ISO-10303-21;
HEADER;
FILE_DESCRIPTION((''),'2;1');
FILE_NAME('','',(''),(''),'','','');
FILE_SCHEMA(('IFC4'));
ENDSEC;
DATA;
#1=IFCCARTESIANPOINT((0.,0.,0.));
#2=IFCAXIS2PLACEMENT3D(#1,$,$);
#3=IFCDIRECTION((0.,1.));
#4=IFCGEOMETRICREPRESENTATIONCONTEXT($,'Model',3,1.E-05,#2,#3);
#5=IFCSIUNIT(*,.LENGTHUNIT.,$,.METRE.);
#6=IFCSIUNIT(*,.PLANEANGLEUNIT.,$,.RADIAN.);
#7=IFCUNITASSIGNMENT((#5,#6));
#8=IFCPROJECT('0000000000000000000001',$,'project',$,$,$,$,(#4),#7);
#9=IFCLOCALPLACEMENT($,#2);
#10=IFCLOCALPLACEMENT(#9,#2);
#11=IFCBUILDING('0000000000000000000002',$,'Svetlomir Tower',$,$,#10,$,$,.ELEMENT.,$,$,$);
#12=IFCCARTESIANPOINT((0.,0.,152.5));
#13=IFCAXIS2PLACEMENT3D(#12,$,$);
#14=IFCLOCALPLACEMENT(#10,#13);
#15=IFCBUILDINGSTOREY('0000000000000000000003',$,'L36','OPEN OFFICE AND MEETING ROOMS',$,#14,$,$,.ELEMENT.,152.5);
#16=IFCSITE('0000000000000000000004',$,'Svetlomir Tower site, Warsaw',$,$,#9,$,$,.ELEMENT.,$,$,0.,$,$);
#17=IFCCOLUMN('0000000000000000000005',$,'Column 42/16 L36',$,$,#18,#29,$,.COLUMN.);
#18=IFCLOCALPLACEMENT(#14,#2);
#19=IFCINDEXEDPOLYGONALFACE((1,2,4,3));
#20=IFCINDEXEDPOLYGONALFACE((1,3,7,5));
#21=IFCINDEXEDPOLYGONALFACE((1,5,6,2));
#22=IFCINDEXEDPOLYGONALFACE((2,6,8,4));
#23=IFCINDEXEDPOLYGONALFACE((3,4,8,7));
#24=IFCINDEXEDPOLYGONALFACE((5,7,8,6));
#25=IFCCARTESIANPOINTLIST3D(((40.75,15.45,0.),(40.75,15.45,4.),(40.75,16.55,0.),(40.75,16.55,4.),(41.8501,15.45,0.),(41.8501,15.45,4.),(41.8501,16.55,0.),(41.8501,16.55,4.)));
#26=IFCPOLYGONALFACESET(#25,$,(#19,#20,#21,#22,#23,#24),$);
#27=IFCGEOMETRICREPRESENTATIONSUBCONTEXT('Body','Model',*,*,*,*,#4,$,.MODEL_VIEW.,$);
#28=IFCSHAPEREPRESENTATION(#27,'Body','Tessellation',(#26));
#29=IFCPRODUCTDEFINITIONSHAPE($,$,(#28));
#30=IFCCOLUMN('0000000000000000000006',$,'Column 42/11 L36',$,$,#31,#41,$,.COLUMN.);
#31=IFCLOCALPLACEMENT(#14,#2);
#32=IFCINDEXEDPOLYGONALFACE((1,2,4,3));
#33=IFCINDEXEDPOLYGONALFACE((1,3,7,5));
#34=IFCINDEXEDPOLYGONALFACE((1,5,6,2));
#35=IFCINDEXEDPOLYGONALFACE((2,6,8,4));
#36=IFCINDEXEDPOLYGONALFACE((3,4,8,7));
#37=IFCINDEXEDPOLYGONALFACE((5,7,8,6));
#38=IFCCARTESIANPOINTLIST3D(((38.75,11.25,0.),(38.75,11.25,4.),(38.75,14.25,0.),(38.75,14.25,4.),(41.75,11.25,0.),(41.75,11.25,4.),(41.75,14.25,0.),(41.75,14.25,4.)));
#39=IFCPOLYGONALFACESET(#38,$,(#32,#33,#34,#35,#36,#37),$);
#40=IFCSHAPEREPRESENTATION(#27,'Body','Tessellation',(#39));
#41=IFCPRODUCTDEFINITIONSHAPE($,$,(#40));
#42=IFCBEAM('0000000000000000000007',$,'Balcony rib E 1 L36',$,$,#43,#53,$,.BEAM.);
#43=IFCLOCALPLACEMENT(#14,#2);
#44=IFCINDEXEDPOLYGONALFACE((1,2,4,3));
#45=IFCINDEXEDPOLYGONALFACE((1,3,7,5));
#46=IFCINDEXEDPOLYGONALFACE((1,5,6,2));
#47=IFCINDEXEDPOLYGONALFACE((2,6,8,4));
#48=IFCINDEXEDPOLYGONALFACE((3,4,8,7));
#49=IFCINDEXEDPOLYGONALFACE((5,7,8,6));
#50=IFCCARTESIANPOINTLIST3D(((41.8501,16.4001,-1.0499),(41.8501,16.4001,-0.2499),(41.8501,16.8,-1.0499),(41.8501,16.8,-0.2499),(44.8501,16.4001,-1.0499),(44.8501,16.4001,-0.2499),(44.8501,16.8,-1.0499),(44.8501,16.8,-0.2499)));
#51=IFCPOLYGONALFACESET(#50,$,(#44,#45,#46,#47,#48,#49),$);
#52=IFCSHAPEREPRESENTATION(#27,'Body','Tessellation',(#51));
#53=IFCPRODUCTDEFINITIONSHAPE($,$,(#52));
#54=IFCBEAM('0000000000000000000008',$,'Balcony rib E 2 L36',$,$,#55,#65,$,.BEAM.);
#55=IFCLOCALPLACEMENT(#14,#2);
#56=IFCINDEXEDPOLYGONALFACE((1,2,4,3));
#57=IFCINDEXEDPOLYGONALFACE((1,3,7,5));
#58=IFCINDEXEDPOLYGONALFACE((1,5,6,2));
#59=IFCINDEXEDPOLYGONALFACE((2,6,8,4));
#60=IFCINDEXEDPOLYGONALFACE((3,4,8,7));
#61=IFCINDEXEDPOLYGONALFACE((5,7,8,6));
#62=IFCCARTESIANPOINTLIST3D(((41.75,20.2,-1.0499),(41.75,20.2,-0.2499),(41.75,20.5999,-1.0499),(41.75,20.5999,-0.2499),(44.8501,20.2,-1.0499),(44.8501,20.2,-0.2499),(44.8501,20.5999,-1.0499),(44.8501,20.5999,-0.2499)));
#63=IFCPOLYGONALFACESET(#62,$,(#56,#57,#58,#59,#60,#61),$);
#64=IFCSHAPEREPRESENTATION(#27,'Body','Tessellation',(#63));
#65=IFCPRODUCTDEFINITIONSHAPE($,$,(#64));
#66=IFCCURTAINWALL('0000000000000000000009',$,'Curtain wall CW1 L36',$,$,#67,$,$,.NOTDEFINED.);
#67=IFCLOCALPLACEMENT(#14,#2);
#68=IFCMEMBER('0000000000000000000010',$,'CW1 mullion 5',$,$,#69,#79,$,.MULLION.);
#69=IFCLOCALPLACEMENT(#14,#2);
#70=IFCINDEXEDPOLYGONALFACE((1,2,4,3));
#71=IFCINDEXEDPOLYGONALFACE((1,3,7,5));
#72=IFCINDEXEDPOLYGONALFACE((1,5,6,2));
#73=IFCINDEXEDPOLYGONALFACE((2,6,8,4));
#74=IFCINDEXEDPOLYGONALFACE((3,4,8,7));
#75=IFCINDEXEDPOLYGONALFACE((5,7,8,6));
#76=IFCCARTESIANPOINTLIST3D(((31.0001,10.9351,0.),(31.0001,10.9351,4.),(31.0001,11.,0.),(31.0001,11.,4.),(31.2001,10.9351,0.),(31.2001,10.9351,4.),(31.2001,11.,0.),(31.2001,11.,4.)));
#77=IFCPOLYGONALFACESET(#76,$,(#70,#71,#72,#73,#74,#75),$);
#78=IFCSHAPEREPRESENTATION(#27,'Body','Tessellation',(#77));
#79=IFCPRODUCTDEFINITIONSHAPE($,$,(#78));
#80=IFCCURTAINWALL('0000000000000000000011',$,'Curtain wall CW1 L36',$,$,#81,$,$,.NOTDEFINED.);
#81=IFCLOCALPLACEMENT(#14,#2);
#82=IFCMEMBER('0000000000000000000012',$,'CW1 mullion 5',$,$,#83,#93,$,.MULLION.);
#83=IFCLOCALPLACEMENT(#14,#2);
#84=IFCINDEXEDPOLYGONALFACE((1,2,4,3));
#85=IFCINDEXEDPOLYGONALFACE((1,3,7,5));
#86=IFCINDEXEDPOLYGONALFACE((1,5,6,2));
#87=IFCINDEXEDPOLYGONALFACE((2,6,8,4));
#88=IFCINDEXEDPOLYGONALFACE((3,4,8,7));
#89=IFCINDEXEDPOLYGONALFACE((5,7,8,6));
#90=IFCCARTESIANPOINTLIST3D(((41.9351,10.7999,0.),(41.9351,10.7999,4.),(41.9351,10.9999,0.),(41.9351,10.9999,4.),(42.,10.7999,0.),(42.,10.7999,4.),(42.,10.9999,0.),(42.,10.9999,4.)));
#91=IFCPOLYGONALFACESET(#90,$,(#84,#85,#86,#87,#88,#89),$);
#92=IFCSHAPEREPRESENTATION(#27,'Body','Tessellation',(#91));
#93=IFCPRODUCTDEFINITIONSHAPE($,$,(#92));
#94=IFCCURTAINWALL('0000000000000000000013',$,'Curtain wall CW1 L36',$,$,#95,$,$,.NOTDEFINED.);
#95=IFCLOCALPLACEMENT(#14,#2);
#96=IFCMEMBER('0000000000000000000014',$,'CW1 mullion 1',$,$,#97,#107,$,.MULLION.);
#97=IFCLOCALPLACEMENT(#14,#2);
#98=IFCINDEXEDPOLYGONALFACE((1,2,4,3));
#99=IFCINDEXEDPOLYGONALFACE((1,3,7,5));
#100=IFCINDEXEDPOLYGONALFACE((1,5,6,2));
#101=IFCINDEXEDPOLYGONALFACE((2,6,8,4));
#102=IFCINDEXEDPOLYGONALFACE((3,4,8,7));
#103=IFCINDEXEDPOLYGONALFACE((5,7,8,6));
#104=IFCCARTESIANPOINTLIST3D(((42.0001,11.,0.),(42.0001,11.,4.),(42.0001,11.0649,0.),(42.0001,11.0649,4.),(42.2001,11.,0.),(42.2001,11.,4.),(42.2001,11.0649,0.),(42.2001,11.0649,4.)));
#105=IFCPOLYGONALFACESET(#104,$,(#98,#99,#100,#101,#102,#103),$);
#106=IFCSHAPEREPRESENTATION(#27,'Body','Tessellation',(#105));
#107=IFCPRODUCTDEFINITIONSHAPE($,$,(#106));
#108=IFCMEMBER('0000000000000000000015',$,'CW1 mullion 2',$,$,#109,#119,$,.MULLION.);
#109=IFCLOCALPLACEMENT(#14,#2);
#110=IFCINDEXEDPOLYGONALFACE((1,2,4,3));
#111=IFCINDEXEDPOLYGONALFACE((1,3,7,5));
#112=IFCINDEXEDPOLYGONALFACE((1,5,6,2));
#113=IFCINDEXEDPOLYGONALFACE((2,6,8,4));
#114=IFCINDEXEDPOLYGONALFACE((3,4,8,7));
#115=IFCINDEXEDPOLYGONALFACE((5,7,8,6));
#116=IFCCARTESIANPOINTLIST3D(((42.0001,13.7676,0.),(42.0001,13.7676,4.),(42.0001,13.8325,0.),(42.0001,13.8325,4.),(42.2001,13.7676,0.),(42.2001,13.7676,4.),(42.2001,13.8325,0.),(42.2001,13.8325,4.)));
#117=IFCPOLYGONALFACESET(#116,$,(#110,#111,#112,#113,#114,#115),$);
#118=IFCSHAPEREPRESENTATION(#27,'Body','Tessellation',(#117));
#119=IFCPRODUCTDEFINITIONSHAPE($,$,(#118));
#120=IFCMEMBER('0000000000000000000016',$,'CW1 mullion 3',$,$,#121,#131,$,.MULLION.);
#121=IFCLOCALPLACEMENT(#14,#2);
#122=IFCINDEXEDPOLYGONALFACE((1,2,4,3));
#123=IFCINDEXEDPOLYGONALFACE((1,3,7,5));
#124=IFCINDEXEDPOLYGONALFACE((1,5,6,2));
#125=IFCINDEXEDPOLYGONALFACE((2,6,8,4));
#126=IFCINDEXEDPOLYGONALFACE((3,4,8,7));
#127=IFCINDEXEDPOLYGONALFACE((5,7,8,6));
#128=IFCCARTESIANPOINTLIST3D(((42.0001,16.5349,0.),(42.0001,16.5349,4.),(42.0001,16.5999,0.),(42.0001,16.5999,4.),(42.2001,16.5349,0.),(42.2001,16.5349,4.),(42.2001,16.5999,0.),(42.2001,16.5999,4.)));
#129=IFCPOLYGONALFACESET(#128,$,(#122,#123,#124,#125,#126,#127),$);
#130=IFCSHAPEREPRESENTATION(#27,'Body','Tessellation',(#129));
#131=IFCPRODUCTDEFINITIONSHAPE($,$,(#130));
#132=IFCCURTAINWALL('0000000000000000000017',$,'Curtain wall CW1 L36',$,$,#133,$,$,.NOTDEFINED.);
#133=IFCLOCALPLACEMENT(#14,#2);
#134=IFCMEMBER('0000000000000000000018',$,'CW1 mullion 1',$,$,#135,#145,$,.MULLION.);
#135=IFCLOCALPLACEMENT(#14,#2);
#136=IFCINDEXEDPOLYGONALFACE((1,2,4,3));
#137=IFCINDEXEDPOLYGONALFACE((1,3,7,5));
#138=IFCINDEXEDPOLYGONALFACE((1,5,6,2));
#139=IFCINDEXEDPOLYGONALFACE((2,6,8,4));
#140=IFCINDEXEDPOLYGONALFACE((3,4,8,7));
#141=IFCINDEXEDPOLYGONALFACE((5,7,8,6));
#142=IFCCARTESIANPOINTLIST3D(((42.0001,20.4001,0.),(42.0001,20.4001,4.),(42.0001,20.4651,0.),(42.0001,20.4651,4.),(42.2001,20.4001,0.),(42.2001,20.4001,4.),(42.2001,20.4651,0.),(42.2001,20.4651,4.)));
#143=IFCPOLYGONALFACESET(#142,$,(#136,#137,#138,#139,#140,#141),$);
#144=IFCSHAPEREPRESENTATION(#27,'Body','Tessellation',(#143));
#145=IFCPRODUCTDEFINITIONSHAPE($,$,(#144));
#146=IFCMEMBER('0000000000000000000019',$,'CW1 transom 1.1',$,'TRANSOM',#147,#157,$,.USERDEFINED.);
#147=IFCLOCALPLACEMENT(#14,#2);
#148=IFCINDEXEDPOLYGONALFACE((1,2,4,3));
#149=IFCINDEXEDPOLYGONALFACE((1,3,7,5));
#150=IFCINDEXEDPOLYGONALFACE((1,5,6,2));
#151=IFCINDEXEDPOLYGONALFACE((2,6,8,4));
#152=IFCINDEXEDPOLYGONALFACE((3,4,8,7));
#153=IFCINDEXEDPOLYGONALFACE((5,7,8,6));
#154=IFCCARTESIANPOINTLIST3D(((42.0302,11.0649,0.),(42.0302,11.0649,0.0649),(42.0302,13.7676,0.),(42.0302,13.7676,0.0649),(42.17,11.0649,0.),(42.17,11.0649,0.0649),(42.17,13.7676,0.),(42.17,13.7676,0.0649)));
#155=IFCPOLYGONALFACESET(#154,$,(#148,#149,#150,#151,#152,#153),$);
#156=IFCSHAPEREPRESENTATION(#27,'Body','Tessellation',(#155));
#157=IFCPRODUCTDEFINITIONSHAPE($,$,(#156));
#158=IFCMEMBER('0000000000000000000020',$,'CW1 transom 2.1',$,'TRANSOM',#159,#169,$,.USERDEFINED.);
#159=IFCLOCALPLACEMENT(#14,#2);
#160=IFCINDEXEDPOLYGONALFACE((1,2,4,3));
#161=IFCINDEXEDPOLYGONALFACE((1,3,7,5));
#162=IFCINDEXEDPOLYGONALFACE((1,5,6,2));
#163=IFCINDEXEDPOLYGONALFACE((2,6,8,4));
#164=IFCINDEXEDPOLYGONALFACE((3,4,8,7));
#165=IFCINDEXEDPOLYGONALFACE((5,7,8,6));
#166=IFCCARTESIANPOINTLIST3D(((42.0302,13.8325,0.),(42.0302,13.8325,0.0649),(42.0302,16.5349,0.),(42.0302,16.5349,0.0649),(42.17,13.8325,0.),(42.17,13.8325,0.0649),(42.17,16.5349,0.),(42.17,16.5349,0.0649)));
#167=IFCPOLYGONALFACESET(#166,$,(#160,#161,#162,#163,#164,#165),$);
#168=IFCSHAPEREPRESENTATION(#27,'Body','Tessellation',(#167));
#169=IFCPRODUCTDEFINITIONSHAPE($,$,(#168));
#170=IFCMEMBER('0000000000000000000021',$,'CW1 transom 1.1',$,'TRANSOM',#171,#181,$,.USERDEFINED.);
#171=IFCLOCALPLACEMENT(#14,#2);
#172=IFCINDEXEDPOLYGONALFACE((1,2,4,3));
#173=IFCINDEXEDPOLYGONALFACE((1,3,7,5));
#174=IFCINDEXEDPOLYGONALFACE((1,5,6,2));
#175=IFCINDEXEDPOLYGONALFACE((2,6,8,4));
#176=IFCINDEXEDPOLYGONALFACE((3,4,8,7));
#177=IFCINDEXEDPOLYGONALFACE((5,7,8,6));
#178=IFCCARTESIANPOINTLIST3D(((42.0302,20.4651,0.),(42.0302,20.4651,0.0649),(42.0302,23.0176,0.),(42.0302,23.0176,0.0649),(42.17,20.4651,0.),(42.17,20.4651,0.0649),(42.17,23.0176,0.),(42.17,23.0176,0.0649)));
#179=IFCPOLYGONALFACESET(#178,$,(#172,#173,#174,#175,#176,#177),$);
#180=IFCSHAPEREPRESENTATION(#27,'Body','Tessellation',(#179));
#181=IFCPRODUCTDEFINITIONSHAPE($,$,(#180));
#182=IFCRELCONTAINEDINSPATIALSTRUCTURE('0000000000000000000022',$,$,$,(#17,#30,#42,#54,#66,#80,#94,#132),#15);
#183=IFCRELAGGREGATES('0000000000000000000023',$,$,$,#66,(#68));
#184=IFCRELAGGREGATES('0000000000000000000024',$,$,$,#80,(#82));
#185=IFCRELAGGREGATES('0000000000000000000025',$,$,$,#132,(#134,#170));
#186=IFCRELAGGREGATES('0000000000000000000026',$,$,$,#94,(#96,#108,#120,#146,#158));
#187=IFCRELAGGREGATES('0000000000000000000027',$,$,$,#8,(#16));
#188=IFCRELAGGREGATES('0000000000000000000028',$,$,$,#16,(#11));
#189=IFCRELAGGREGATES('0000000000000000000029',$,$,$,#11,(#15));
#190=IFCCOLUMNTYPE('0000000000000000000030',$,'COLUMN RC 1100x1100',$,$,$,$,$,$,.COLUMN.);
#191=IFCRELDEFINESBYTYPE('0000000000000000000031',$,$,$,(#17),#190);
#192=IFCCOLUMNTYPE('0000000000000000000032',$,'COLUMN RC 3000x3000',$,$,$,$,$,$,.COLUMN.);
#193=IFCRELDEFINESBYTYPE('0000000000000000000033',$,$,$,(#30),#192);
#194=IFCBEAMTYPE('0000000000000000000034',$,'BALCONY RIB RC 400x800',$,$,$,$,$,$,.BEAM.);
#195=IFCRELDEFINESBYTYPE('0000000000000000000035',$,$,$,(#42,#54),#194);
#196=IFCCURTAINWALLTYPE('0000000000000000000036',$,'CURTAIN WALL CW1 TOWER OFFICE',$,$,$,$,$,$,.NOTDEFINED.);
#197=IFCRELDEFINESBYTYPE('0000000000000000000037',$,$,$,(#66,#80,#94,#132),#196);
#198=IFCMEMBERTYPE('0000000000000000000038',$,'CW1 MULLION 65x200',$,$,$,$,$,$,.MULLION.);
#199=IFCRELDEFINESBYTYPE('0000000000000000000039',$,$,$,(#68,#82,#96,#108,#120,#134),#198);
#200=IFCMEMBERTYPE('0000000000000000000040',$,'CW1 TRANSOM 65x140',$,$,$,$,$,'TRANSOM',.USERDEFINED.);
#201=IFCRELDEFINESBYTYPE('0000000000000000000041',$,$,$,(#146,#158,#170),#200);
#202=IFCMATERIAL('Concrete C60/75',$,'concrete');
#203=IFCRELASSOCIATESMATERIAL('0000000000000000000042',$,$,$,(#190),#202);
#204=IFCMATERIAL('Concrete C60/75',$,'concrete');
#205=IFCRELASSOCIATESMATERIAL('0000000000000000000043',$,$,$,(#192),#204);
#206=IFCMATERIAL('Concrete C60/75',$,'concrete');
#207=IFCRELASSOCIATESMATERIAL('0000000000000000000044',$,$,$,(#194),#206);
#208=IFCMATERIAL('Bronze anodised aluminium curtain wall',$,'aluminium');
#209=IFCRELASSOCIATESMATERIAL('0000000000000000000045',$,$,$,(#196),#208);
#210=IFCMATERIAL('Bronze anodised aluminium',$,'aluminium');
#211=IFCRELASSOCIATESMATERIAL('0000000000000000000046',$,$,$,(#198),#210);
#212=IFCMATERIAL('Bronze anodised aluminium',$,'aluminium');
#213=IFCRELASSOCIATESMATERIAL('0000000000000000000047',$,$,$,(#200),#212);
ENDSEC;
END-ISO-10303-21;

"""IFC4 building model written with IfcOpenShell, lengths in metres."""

from ifc_helpers import new_model, si_unit, direction, frame, origin, origin_2d, place, context, subcontext, project, spatial, rectangle, extrude, material, material_profile, profile_set, type_object, element, aggregate, save


model = new_model("IFC4")

# Units and contexts
model_context = context("Model", 3, precision=1e-05, world=origin(), true_north=direction((0.0, 1.0)))
body_context = subcontext(model_context, "Body", "Model", "MODEL_VIEW")
ifc_project = project(units=[si_unit("LENGTHUNIT", "METRE"), si_unit("PLANEANGLEUNIT", "RADIAN")], contexts=[model_context])

# Site, building, storey
site_placement = place(None, origin())
site = spatial("IfcSite", under=ifc_project, at=site_placement, Name="Svetlomir Tower site, Warsaw", CompositionType="ELEMENT", RefElevation=0.0)
building_placement = place(site_placement, origin())
building = spatial("IfcBuilding", under=site, at=building_placement, Name="Svetlomir Tower", CompositionType="ELEMENT")
storey_placement = place(building_placement, frame((0.0, 0.0, 152.5)))
storey = spatial("IfcBuildingStorey", under=building, at=storey_placement, Name="L36", Description="OPEN OFFICE AND MEETING ROOMS", CompositionType="ELEMENT", Elevation=152.5)

# Columns
ifc_material_1 = material(Name="Concrete C60/75", Category="concrete")
ifc_material_profile_1 = material_profile(ifc_material_1, rectangle(XDim=1.1001, YDim=1.1001, at=origin_2d()), Name="RC 1100x1100")
ifc_profile_set_1 = profile_set([ifc_material_profile_1], Name="Concrete C60/75")
column_type_1 = type_object("IfcColumnType", Name="COLUMN RC 1100x1100", PredefinedType="COLUMN", material=ifc_profile_set_1)
column_1_placement = place(storey_placement, frame((41.3, 16.0, 0.0), z_axis=(0.0, 0.0, 1.0), x_axis=(1.0, 0.0, 0.0)))
element("IfcColumn", 1, at=column_1_placement, inside=storey, type_object=column_type_1, Name="Column 42/16 L36", PredefinedType="COLUMN", context=body_context, shape_type="SweptSolid", body=[
    extrude(rectangle(XDim=1.1001, YDim=1.1001, at=origin_2d()), origin(), (0.0, 0.0, 1.0), 4.0),
])
ifc_material_2 = material(Name="Concrete C60/75", Category="concrete")
ifc_material_profile_2 = material_profile(ifc_material_2, rectangle(XDim=3.0, YDim=3.0, at=origin_2d()), Name="RC 3000x3000")
ifc_profile_set_2 = profile_set([ifc_material_profile_2], Name="Concrete C60/75")
column_type_2 = type_object("IfcColumnType", Name="COLUMN RC 3000x3000", PredefinedType="COLUMN", material=ifc_profile_set_2)
column_2_placement = place(storey_placement, frame((40.25, 12.75, 0.0), z_axis=(0.0, 0.0, 1.0), x_axis=(1.0, 0.0, 0.0)))
element("IfcColumn", 2, at=column_2_placement, inside=storey, type_object=column_type_2, Name="Column 42/11 L36", PredefinedType="COLUMN", context=body_context, shape_type="SweptSolid", body=[
    extrude(rectangle(XDim=3.0, YDim=3.0, at=origin_2d()), origin(), (0.0, 0.0, 1.0), 4.0),
])

# Beams
ifc_material_3 = material(Name="Concrete C60/75", Category="concrete")
ifc_material_profile_3 = material_profile(ifc_material_3, rectangle(XDim=0.3999, YDim=0.8, at=origin_2d()), Name="RC 400x800")
ifc_profile_set_3 = profile_set([ifc_material_profile_3], Name="Concrete C60/75")
beam_type_1 = type_object("IfcBeamType", Name="BALCONY RIB RC 400x800", PredefinedType="BEAM", material=ifc_profile_set_3)
beam_1_placement = place(storey_placement, frame((41.8501, 16.6001, -0.6499), z_axis=(1.0, 0.0, 0.0), x_axis=(0.0, 1.0, 0.0)))
element("IfcBeam", 3, at=beam_1_placement, inside=storey, type_object=beam_type_1, Name="Balcony rib E 1 L36", PredefinedType="BEAM", context=body_context, shape_type="SweptSolid", body=[
    extrude(rectangle(XDim=0.3999, YDim=0.8, at=origin_2d()), origin(), (0.0, 0.0, 1.0), 3.0),
])
beam_2_placement = place(storey_placement, frame((41.75, 20.3999, -0.6499), z_axis=(1.0, 0.0, 0.0), x_axis=(0.0, 1.0, 0.0)))
element("IfcBeam", 4, at=beam_2_placement, inside=storey, type_object=beam_type_1, Name="Balcony rib E 2 L36", PredefinedType="BEAM", context=body_context, shape_type="SweptSolid", body=[
    extrude(rectangle(XDim=0.3999, YDim=0.8, at=origin_2d()), origin(), (0.0, 0.0, 1.0), 3.1001),
])

# Curtain walls, members
ifc_material_4 = material(Name="Bronze anodised aluminium curtain wall", Category="aluminium")
curtain_wall_type = type_object("IfcCurtainWallType", Name="CURTAIN WALL CW1 TOWER OFFICE", PredefinedType="NOTDEFINED", material=ifc_material_4)
curtain_wall_1_placement = place(storey_placement, origin())
curtain_wall_1 = element("IfcCurtainWall", 5, at=curtain_wall_1_placement, inside=storey, type_object=curtain_wall_type, Name="Curtain wall CW1 L36", PredefinedType="NOTDEFINED")
ifc_material_5 = material(Name="Bronze anodised aluminium", Category="aluminium")
ifc_material_profile_4 = material_profile(ifc_material_5, rectangle(XDim=0.0649, YDim=0.2, at=origin_2d()), Name="AL 65x200")
ifc_profile_set_4 = profile_set([ifc_material_profile_4], Name="Bronze anodised aluminium 6063-T6")
member_type_1 = type_object("IfcMemberType", Name="CW1 MULLION 65x200", PredefinedType="MULLION", material=ifc_profile_set_4)
member_1_placement = place(storey_placement, frame((31.1001, 10.9675, 0.0), z_axis=(0.0, 0.0, 1.0), x_axis=(0.0, 1.0, 0.0)))
member_1 = element("IfcMember", 6, at=member_1_placement, type_object=member_type_1, Name="CW1 mullion 5", PredefinedType="MULLION", context=body_context, shape_type="SweptSolid", body=[
    extrude(rectangle(XDim=0.0649, YDim=0.2, at=origin_2d()), origin(), (0.0, 0.0, 1.0), 4.0),
])
aggregate(curtain_wall_1, [member_1])
curtain_wall_2_placement = place(storey_placement, origin())
curtain_wall_2 = element("IfcCurtainWall", 7, at=curtain_wall_2_placement, inside=storey, type_object=curtain_wall_type, Name="Curtain wall CW1 L36", PredefinedType="NOTDEFINED")
member_2_placement = place(storey_placement, frame((41.9675, 10.8999, 0.0), z_axis=(0.0, 0.0, 1.0), x_axis=(1.0, 0.0, 0.0)))
member_2 = element("IfcMember", 8, at=member_2_placement, type_object=member_type_1, Name="CW1 mullion 5", PredefinedType="MULLION", context=body_context, shape_type="SweptSolid", body=[
    extrude(rectangle(XDim=0.0649, YDim=0.2, at=origin_2d()), origin(), (0.0, 0.0, 1.0), 4.0),
])
aggregate(curtain_wall_2, [member_2])

# Curtain wall, members
curtain_wall_3_placement = place(storey_placement, origin())
curtain_wall_3 = element("IfcCurtainWall", 9, at=curtain_wall_3_placement, inside=storey, type_object=curtain_wall_type, Name="Curtain wall CW1 L36", PredefinedType="NOTDEFINED")
member_3_placement = place(storey_placement, frame((42.1001, 11.0325, 0.0), z_axis=(0.0, 0.0, 1.0), x_axis=(0.0, 1.0, 0.0)))
member_3 = element("IfcMember", 10, at=member_3_placement, type_object=member_type_1, Name="CW1 mullion 1", PredefinedType="MULLION", context=body_context, shape_type="SweptSolid", body=[
    extrude(rectangle(XDim=0.0649, YDim=0.2, at=origin_2d()), origin(), (0.0, 0.0, 1.0), 4.0),
])
member_4_placement = place(storey_placement, frame((42.1001, 13.8, 0.0), z_axis=(0.0, 0.0, 1.0), x_axis=(0.0, 1.0, 0.0)))
member_4 = element("IfcMember", 11, at=member_4_placement, type_object=member_type_1, Name="CW1 mullion 2", PredefinedType="MULLION", context=body_context, shape_type="SweptSolid", body=[
    extrude(rectangle(XDim=0.0649, YDim=0.2, at=origin_2d()), origin(), (0.0, 0.0, 1.0), 4.0),
])
member_5_placement = place(storey_placement, frame((42.1001, 16.5674, 0.0), z_axis=(0.0, 0.0, 1.0), x_axis=(0.0, 1.0, 0.0)))
member_5 = element("IfcMember", 12, at=member_5_placement, type_object=member_type_1, Name="CW1 mullion 3", PredefinedType="MULLION", context=body_context, shape_type="SweptSolid", body=[
    extrude(rectangle(XDim=0.0649, YDim=0.2, at=origin_2d()), origin(), (0.0, 0.0, 1.0), 4.0),
])

# Curtain wall, member
curtain_wall_4_placement = place(storey_placement, origin())
curtain_wall_4 = element("IfcCurtainWall", 13, at=curtain_wall_4_placement, inside=storey, type_object=curtain_wall_type, Name="Curtain wall CW1 L36", PredefinedType="NOTDEFINED")
member_6_placement = place(storey_placement, frame((42.1001, 20.4326, 0.0), z_axis=(0.0, 0.0, 1.0), x_axis=(0.0, 1.0, 0.0)))
member_6 = element("IfcMember", 14, at=member_6_placement, type_object=member_type_1, Name="CW1 mullion 1", PredefinedType="MULLION", context=body_context, shape_type="SweptSolid", body=[
    extrude(rectangle(XDim=0.0649, YDim=0.2, at=origin_2d()), origin(), (0.0, 0.0, 1.0), 4.0),
])

# Members
ifc_material_6 = material(Name="Bronze anodised aluminium", Category="aluminium")
ifc_material_profile_5 = material_profile(ifc_material_6, rectangle(XDim=0.1399, YDim=0.0649, at=origin_2d()), Name="AL 140x65")
ifc_profile_set_5 = profile_set([ifc_material_profile_5], Name="Bronze anodised aluminium 6063-T6")
member_type_2 = type_object("IfcMemberType", Name="CW1 TRANSOM 65x140", ElementType="TRANSOM", PredefinedType="USERDEFINED", material=ifc_profile_set_5)
member_7_placement = place(storey_placement, frame((42.1001, 11.0649, 0.0325), z_axis=(0.0, 1.0, 0.0), x_axis=(-1.0, 0.0, 0.0)))
member_7 = element("IfcMember", 15, at=member_7_placement, type_object=member_type_2, Name="CW1 transom 1.1", ObjectType="TRANSOM", PredefinedType="USERDEFINED", context=body_context, shape_type="SweptSolid", body=[
    extrude(rectangle(XDim=0.1399, YDim=0.0649, at=origin_2d()), origin(), (0.0, 0.0, 1.0), 2.7026),
])
member_8_placement = place(storey_placement, frame((42.1001, 13.8325, 0.0325), z_axis=(0.0, 1.0, 0.0), x_axis=(-1.0, 0.0, 0.0)))
member_8 = element("IfcMember", 16, at=member_8_placement, type_object=member_type_2, Name="CW1 transom 2.1", ObjectType="TRANSOM", PredefinedType="USERDEFINED", context=body_context, shape_type="SweptSolid", body=[
    extrude(rectangle(XDim=0.1399, YDim=0.0649, at=origin_2d()), origin(), (0.0, 0.0, 1.0), 2.7024),
])
member_9_placement = place(storey_placement, frame((42.1001, 20.4651, 0.0325), z_axis=(0.0, 1.0, 0.0), x_axis=(-1.0, 0.0, 0.0)))
member_9 = element("IfcMember", 17, at=member_9_placement, type_object=member_type_2, Name="CW1 transom 1.1", ObjectType="TRANSOM", PredefinedType="USERDEFINED", context=body_context, shape_type="SweptSolid", body=[
    extrude(rectangle(XDim=0.1399, YDim=0.0649, at=origin_2d()), origin(), (0.0, 0.0, 1.0), 2.5525),
])
aggregate(curtain_wall_4, [member_6, member_9])

aggregate(curtain_wall_3, [member_3, member_4, member_5, member_7, member_8])

save(model, "model.ifc")
